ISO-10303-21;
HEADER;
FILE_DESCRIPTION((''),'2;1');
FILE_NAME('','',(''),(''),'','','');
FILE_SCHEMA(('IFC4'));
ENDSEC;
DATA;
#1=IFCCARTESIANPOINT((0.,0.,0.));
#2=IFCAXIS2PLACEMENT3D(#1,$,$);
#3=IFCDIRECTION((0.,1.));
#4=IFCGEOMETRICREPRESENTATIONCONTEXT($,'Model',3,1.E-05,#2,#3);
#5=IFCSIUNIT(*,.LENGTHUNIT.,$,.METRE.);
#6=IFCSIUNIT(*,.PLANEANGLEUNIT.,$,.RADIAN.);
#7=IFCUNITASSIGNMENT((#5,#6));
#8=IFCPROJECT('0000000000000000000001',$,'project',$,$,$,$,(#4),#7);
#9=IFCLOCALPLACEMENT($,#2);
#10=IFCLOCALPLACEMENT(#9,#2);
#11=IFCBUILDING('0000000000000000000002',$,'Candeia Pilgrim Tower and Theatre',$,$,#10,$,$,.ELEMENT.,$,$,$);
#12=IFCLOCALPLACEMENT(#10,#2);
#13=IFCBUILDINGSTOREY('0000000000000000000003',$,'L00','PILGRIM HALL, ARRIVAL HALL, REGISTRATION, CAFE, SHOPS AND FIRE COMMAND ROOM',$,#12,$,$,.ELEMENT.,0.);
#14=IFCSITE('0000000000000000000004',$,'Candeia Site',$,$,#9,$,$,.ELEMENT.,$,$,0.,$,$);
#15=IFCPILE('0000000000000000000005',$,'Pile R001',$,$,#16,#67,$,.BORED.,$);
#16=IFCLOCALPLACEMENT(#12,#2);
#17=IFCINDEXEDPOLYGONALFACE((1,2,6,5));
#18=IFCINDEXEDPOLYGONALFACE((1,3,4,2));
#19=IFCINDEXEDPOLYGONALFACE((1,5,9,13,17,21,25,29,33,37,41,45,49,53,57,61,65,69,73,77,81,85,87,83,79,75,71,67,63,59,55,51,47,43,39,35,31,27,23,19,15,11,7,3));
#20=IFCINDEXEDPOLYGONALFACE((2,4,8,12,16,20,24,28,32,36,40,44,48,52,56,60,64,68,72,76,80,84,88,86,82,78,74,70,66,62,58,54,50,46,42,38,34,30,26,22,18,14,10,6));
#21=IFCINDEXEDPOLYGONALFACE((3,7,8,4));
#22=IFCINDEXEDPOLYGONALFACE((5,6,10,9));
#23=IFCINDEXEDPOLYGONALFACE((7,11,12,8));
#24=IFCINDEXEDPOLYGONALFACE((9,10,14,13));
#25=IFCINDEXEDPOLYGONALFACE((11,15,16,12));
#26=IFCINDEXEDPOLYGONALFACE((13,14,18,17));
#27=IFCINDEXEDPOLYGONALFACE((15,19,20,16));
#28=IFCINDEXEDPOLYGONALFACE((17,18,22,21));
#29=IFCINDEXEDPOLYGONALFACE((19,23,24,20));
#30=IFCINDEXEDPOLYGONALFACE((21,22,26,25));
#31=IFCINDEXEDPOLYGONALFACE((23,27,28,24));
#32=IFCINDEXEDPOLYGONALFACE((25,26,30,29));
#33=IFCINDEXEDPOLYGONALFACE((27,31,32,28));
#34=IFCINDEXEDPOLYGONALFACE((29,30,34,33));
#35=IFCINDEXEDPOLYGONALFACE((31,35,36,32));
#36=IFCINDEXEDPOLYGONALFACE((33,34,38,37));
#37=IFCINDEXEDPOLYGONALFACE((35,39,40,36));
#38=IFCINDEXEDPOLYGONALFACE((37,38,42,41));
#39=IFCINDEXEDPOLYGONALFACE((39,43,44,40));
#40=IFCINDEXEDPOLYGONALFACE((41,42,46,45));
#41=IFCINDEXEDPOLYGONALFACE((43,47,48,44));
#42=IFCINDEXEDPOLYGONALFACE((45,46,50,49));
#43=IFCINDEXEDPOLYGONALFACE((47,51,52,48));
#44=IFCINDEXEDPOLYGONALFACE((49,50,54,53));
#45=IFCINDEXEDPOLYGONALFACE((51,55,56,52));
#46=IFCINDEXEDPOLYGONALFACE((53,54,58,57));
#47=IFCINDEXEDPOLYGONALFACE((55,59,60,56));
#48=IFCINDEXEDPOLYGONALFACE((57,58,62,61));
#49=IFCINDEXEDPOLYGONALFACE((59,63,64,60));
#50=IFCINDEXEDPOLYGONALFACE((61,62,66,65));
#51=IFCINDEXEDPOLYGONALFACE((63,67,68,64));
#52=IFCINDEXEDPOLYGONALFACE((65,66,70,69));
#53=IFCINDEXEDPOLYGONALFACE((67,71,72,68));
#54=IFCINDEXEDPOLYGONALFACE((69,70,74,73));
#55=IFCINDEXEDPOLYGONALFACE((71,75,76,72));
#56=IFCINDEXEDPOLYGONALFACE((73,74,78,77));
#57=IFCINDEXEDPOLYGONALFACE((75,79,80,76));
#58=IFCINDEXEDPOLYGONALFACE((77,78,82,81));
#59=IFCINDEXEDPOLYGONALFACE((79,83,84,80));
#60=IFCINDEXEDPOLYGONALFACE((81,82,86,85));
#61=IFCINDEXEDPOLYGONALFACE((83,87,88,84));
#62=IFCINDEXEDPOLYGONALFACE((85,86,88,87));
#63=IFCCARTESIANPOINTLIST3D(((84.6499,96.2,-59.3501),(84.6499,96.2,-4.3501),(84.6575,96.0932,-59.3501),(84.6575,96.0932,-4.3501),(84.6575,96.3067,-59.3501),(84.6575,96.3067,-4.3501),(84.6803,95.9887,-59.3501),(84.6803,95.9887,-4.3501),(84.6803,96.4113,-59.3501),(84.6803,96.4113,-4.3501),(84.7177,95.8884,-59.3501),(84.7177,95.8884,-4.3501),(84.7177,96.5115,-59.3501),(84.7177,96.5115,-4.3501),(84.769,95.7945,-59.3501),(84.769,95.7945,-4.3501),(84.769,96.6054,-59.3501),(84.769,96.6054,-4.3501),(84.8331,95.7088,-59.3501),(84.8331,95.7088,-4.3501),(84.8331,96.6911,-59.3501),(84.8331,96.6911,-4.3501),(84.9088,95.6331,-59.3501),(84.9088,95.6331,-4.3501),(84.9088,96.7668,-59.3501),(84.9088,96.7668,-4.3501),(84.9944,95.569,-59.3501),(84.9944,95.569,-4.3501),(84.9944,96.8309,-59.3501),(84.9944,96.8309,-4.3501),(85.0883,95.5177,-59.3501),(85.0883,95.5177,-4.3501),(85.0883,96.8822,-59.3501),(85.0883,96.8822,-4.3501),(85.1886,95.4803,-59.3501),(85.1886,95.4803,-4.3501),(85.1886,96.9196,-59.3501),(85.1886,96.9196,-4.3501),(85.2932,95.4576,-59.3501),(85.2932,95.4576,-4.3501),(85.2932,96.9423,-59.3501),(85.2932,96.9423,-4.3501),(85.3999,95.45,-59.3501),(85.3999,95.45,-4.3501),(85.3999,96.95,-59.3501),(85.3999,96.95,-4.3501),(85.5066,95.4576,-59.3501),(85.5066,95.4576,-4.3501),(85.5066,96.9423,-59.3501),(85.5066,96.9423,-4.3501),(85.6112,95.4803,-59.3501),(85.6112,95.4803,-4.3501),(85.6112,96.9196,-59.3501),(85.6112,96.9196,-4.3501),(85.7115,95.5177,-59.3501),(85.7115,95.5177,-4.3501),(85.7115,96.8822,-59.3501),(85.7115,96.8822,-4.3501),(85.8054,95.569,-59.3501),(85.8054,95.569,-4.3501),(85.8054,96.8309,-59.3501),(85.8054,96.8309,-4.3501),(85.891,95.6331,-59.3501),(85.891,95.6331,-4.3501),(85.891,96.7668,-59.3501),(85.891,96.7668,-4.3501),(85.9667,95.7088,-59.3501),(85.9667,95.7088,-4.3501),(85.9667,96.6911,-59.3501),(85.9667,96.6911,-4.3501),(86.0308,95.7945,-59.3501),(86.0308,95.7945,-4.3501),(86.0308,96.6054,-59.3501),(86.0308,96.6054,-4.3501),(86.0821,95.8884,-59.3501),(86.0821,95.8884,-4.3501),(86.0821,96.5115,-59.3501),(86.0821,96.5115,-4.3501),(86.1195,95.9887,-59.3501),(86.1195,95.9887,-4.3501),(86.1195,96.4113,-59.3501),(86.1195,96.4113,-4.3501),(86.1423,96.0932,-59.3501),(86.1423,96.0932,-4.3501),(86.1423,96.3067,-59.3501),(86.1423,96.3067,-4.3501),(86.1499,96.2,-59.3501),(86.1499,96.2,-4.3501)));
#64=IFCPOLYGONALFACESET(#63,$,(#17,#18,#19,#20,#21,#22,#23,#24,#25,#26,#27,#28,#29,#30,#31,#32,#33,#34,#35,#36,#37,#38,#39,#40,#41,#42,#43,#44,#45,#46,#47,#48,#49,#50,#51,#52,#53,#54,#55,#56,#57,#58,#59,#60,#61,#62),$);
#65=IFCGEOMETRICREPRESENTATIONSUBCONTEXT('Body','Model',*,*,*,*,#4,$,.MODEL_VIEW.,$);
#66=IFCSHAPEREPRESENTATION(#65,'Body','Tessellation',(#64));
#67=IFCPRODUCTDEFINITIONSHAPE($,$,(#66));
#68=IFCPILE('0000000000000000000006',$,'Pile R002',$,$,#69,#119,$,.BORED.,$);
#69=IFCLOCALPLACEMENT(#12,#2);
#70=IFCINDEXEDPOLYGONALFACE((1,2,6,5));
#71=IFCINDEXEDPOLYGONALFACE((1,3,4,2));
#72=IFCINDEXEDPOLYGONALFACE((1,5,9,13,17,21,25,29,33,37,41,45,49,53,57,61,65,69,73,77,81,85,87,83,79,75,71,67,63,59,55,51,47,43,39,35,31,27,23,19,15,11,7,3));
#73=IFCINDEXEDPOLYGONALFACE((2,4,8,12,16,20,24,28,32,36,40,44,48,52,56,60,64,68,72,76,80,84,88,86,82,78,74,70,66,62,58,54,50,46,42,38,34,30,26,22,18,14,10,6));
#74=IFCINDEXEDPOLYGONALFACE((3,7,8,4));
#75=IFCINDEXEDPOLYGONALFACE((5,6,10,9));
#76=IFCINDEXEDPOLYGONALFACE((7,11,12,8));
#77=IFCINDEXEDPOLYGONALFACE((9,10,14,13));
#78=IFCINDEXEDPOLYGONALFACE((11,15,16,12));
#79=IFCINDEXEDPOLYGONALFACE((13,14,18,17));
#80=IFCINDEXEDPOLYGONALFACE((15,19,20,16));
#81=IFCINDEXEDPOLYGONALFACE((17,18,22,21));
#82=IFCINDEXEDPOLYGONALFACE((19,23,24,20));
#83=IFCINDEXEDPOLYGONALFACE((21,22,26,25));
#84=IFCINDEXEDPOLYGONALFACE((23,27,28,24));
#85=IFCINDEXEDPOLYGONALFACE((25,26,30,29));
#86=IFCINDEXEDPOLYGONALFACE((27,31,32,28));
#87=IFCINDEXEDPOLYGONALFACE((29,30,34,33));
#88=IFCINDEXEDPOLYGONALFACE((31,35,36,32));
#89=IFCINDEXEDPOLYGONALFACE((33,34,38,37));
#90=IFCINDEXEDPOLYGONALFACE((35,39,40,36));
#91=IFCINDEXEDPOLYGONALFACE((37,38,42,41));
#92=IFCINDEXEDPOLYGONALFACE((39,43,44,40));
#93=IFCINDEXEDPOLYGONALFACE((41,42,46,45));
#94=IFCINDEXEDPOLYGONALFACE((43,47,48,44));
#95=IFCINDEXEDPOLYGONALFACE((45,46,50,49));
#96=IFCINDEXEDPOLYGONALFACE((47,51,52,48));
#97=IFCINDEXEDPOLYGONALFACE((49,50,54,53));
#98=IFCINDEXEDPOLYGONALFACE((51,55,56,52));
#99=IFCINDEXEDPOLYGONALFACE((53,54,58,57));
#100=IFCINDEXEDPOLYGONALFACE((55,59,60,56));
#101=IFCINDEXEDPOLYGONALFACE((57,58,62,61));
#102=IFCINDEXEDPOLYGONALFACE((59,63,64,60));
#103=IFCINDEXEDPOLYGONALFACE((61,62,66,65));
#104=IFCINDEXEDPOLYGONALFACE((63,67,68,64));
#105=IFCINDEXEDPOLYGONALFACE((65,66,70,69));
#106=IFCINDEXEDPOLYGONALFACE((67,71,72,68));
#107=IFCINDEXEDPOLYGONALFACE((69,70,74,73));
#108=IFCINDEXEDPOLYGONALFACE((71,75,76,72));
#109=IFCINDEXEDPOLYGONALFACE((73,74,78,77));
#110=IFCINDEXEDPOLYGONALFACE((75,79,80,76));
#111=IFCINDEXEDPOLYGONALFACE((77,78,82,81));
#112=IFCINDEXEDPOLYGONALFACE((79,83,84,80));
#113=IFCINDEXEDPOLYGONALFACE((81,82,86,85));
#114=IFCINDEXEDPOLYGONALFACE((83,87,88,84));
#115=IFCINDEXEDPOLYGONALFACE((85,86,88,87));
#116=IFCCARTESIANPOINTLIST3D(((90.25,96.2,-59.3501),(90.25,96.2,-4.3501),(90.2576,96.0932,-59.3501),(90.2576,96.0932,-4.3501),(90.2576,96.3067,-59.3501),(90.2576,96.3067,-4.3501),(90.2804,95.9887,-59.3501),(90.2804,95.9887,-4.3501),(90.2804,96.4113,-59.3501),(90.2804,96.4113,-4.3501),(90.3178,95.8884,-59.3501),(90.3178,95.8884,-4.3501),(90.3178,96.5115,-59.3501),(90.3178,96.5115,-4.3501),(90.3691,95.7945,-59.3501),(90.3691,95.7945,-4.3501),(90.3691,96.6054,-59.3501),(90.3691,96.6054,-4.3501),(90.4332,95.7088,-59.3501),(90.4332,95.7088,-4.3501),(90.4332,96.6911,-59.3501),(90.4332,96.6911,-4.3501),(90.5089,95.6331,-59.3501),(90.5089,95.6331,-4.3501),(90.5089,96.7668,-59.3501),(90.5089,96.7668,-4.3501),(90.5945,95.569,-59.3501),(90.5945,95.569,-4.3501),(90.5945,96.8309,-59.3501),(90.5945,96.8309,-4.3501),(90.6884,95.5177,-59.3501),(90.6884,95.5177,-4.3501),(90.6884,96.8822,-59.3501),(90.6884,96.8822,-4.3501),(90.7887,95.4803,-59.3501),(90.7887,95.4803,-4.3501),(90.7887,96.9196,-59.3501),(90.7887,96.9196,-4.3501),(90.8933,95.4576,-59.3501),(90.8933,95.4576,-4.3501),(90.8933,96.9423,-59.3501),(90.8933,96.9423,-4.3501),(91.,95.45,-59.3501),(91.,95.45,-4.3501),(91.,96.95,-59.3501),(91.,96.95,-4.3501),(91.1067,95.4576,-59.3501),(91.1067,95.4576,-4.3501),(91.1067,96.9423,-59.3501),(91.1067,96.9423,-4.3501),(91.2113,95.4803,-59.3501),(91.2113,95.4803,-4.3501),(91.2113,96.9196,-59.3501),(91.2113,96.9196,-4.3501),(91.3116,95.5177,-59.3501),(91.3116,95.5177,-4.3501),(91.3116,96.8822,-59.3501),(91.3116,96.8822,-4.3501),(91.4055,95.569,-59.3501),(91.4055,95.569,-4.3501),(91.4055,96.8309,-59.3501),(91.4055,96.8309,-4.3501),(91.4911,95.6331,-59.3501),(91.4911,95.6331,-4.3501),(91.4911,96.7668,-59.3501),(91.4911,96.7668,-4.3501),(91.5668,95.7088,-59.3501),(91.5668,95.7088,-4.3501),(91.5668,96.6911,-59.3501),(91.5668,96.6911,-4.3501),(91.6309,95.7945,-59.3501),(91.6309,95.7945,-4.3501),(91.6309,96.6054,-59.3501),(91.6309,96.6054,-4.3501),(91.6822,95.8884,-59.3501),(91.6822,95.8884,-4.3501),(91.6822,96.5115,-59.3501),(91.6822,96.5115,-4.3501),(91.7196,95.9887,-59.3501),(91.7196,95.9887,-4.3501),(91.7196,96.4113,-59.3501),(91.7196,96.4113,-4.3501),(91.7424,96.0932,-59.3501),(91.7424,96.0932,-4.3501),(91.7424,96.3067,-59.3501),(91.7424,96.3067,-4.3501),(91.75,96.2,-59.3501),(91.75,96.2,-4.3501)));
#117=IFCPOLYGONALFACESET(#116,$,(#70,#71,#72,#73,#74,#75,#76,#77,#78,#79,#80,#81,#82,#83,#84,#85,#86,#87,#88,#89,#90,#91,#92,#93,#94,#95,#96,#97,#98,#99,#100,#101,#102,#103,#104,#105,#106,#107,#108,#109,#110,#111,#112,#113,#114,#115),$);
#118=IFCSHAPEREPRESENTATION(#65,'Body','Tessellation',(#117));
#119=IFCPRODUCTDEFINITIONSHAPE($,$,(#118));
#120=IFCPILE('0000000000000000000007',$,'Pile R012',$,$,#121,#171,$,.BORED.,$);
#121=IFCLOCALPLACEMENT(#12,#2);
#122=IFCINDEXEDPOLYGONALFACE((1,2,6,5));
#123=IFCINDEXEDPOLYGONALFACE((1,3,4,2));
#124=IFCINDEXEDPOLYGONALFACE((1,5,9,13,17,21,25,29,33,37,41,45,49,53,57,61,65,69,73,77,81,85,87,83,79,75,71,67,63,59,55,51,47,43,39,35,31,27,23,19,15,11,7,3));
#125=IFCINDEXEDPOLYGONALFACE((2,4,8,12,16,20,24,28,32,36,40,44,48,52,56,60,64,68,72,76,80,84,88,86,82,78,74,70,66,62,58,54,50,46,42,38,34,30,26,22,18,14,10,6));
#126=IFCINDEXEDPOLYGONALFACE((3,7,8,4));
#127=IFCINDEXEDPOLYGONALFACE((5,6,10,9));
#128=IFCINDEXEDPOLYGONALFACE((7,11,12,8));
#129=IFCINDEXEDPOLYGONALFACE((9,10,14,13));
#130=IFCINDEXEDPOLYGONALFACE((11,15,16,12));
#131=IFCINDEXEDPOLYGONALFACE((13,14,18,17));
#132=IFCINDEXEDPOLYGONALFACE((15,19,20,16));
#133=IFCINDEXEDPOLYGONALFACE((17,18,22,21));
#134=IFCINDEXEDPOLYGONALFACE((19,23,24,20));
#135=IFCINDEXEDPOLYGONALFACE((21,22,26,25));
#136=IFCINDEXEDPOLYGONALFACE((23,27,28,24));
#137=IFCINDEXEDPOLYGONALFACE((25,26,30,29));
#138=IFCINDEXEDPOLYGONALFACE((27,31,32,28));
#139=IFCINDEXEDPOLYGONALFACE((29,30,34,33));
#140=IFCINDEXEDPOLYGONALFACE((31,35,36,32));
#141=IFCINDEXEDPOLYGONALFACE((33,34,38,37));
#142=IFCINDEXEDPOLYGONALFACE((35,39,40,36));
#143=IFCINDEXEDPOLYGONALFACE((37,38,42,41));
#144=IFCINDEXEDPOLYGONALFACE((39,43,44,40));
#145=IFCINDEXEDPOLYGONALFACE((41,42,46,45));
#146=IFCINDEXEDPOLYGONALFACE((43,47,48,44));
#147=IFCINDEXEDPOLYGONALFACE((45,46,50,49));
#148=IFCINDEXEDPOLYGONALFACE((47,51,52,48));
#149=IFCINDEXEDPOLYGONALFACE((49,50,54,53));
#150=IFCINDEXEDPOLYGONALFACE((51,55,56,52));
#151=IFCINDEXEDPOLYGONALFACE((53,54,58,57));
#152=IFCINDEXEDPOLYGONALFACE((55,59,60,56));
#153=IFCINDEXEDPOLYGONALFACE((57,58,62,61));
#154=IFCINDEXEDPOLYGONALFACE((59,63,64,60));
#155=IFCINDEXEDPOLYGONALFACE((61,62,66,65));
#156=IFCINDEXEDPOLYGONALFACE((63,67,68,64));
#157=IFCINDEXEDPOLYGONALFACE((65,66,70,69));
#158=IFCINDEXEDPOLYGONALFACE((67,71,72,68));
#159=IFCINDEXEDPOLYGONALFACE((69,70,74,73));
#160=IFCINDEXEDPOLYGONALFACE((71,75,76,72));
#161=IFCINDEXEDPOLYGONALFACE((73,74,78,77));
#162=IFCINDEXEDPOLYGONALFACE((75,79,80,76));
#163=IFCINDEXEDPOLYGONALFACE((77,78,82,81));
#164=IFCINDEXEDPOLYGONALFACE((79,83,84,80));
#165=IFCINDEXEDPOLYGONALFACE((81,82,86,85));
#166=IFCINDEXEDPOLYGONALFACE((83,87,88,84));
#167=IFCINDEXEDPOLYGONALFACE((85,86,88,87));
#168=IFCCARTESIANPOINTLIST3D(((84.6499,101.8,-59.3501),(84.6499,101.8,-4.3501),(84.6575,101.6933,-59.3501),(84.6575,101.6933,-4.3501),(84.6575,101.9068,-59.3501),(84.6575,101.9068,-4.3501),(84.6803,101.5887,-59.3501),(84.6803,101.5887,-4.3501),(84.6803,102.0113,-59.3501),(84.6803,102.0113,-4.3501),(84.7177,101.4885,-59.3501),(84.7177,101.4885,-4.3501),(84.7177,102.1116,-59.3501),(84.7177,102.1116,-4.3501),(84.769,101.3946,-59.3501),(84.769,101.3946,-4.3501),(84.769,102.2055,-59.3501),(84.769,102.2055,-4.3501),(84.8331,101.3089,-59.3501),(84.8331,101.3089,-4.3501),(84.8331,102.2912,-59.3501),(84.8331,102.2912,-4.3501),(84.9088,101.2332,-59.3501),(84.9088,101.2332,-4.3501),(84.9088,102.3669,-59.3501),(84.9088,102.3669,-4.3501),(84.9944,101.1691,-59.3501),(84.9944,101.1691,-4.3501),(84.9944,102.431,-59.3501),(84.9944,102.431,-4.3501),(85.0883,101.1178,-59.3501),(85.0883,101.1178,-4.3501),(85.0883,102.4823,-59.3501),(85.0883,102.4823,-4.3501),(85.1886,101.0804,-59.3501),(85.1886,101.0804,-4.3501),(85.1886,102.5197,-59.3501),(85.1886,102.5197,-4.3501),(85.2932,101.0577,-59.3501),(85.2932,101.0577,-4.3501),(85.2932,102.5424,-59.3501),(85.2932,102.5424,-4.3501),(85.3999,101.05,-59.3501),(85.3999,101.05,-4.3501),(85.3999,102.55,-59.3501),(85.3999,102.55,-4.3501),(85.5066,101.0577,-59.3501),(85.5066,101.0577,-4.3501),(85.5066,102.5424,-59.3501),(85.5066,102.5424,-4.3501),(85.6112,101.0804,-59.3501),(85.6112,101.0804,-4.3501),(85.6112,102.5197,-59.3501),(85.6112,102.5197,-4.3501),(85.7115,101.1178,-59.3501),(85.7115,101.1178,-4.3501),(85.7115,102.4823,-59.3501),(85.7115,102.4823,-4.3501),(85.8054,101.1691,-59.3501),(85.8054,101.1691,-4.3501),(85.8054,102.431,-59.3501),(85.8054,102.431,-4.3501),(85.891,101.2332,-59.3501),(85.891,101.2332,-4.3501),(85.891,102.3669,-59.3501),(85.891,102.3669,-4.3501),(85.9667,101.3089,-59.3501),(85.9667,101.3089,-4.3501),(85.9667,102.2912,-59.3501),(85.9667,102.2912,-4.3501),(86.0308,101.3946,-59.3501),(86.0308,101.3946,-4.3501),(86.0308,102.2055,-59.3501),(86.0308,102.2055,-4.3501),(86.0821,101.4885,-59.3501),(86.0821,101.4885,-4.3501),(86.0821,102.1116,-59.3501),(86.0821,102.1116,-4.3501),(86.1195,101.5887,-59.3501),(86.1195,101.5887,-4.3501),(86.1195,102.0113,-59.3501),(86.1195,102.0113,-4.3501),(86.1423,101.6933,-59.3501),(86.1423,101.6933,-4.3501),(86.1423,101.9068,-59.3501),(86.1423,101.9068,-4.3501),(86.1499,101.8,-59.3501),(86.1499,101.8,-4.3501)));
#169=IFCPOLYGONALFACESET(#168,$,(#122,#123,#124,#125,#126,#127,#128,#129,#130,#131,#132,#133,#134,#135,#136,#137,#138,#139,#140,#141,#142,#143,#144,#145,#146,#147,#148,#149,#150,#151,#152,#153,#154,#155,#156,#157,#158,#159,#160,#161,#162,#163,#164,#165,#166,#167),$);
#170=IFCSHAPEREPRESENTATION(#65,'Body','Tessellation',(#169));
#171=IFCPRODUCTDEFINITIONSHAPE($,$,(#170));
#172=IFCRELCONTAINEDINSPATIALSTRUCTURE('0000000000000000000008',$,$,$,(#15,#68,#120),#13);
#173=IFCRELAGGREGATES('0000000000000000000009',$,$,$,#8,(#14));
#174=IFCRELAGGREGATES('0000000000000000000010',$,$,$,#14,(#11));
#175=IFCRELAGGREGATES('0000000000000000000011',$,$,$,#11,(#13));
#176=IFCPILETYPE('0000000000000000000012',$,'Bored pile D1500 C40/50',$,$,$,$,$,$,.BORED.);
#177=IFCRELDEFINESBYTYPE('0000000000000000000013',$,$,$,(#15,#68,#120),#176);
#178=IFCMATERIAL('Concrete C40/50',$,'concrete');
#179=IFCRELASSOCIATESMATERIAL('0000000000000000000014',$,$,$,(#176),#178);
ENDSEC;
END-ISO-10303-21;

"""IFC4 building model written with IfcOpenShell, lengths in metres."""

from ifc_helpers import new_model, si_unit, direction, frame, origin, origin_2d, place, context, subcontext, project, spatial, circle, extrude, material, material_profile, profile_set, type_object, element, save


model = new_model("IFC4")

# Units and contexts
model_context = context("Model", 3, precision=1e-05, world=origin(), true_north=direction((0.0, 1.0)))
body_context = subcontext(model_context, "Body", "Model", "MODEL_VIEW")
ifc_project = project(units=[si_unit("LENGTHUNIT", "METRE"), si_unit("PLANEANGLEUNIT", "RADIAN")], contexts=[model_context])

# Site, building, storey
site_placement = place(None, origin())
site = spatial("IfcSite", under=ifc_project, at=site_placement, Name="Candeia Site", CompositionType="ELEMENT", RefElevation=0.0)
building_placement = place(site_placement, origin())
building = spatial("IfcBuilding", under=site, at=building_placement, Name="Candeia Pilgrim Tower and Theatre", CompositionType="ELEMENT")
storey_placement = place(building_placement, origin())
storey = spatial("IfcBuildingStorey", under=building, at=storey_placement, Name="L00", Description="PILGRIM HALL, ARRIVAL HALL, REGISTRATION, CAFE, SHOPS AND FIRE COMMAND ROOM", CompositionType="ELEMENT", Elevation=0.0)

# Piles
ifc_material_1 = material(Name="Concrete C40/50", Category="concrete")
ifc_material_profile_1 = material_profile(ifc_material_1, circle(Radius=0.75, at=origin_2d()))
ifc_profile_set_1 = profile_set([ifc_material_profile_1], Name="Concrete C40/50")
pile_type = type_object("IfcPileType", Name="Bored pile D1500 C40/50", PredefinedType="BORED", material=ifc_profile_set_1)
for number, where, z_axis, x_axis, name in (
    (1, (85.3999, 96.2, -4.3501), (0.0, 0.0, -1.0), (1.0, 0.0, 0.0), "Pile R001"),
    (2, (91.0, 96.2, -4.3501), (0.0, 0.0, -1.0), (1.0, 0.0, 0.0), "Pile R002"),
    (3, (85.3999, 101.8, -4.3501), (0.0, 0.0, -1.0), (1.0, 0.0, 0.0), "Pile R012"),
):
    element("IfcPile", number, at=place(storey_placement, frame(where, z_axis=z_axis, x_axis=x_axis)), inside=storey, type_object=pile_type, Name=name, PredefinedType="BORED", context=body_context, shape_type="SweptSolid", body=[
        extrude(circle(Radius=0.75, at=origin_2d()), origin(), (0.0, 0.0, 1.0), 55.0),
    ])

save(model, "model.ifc")
